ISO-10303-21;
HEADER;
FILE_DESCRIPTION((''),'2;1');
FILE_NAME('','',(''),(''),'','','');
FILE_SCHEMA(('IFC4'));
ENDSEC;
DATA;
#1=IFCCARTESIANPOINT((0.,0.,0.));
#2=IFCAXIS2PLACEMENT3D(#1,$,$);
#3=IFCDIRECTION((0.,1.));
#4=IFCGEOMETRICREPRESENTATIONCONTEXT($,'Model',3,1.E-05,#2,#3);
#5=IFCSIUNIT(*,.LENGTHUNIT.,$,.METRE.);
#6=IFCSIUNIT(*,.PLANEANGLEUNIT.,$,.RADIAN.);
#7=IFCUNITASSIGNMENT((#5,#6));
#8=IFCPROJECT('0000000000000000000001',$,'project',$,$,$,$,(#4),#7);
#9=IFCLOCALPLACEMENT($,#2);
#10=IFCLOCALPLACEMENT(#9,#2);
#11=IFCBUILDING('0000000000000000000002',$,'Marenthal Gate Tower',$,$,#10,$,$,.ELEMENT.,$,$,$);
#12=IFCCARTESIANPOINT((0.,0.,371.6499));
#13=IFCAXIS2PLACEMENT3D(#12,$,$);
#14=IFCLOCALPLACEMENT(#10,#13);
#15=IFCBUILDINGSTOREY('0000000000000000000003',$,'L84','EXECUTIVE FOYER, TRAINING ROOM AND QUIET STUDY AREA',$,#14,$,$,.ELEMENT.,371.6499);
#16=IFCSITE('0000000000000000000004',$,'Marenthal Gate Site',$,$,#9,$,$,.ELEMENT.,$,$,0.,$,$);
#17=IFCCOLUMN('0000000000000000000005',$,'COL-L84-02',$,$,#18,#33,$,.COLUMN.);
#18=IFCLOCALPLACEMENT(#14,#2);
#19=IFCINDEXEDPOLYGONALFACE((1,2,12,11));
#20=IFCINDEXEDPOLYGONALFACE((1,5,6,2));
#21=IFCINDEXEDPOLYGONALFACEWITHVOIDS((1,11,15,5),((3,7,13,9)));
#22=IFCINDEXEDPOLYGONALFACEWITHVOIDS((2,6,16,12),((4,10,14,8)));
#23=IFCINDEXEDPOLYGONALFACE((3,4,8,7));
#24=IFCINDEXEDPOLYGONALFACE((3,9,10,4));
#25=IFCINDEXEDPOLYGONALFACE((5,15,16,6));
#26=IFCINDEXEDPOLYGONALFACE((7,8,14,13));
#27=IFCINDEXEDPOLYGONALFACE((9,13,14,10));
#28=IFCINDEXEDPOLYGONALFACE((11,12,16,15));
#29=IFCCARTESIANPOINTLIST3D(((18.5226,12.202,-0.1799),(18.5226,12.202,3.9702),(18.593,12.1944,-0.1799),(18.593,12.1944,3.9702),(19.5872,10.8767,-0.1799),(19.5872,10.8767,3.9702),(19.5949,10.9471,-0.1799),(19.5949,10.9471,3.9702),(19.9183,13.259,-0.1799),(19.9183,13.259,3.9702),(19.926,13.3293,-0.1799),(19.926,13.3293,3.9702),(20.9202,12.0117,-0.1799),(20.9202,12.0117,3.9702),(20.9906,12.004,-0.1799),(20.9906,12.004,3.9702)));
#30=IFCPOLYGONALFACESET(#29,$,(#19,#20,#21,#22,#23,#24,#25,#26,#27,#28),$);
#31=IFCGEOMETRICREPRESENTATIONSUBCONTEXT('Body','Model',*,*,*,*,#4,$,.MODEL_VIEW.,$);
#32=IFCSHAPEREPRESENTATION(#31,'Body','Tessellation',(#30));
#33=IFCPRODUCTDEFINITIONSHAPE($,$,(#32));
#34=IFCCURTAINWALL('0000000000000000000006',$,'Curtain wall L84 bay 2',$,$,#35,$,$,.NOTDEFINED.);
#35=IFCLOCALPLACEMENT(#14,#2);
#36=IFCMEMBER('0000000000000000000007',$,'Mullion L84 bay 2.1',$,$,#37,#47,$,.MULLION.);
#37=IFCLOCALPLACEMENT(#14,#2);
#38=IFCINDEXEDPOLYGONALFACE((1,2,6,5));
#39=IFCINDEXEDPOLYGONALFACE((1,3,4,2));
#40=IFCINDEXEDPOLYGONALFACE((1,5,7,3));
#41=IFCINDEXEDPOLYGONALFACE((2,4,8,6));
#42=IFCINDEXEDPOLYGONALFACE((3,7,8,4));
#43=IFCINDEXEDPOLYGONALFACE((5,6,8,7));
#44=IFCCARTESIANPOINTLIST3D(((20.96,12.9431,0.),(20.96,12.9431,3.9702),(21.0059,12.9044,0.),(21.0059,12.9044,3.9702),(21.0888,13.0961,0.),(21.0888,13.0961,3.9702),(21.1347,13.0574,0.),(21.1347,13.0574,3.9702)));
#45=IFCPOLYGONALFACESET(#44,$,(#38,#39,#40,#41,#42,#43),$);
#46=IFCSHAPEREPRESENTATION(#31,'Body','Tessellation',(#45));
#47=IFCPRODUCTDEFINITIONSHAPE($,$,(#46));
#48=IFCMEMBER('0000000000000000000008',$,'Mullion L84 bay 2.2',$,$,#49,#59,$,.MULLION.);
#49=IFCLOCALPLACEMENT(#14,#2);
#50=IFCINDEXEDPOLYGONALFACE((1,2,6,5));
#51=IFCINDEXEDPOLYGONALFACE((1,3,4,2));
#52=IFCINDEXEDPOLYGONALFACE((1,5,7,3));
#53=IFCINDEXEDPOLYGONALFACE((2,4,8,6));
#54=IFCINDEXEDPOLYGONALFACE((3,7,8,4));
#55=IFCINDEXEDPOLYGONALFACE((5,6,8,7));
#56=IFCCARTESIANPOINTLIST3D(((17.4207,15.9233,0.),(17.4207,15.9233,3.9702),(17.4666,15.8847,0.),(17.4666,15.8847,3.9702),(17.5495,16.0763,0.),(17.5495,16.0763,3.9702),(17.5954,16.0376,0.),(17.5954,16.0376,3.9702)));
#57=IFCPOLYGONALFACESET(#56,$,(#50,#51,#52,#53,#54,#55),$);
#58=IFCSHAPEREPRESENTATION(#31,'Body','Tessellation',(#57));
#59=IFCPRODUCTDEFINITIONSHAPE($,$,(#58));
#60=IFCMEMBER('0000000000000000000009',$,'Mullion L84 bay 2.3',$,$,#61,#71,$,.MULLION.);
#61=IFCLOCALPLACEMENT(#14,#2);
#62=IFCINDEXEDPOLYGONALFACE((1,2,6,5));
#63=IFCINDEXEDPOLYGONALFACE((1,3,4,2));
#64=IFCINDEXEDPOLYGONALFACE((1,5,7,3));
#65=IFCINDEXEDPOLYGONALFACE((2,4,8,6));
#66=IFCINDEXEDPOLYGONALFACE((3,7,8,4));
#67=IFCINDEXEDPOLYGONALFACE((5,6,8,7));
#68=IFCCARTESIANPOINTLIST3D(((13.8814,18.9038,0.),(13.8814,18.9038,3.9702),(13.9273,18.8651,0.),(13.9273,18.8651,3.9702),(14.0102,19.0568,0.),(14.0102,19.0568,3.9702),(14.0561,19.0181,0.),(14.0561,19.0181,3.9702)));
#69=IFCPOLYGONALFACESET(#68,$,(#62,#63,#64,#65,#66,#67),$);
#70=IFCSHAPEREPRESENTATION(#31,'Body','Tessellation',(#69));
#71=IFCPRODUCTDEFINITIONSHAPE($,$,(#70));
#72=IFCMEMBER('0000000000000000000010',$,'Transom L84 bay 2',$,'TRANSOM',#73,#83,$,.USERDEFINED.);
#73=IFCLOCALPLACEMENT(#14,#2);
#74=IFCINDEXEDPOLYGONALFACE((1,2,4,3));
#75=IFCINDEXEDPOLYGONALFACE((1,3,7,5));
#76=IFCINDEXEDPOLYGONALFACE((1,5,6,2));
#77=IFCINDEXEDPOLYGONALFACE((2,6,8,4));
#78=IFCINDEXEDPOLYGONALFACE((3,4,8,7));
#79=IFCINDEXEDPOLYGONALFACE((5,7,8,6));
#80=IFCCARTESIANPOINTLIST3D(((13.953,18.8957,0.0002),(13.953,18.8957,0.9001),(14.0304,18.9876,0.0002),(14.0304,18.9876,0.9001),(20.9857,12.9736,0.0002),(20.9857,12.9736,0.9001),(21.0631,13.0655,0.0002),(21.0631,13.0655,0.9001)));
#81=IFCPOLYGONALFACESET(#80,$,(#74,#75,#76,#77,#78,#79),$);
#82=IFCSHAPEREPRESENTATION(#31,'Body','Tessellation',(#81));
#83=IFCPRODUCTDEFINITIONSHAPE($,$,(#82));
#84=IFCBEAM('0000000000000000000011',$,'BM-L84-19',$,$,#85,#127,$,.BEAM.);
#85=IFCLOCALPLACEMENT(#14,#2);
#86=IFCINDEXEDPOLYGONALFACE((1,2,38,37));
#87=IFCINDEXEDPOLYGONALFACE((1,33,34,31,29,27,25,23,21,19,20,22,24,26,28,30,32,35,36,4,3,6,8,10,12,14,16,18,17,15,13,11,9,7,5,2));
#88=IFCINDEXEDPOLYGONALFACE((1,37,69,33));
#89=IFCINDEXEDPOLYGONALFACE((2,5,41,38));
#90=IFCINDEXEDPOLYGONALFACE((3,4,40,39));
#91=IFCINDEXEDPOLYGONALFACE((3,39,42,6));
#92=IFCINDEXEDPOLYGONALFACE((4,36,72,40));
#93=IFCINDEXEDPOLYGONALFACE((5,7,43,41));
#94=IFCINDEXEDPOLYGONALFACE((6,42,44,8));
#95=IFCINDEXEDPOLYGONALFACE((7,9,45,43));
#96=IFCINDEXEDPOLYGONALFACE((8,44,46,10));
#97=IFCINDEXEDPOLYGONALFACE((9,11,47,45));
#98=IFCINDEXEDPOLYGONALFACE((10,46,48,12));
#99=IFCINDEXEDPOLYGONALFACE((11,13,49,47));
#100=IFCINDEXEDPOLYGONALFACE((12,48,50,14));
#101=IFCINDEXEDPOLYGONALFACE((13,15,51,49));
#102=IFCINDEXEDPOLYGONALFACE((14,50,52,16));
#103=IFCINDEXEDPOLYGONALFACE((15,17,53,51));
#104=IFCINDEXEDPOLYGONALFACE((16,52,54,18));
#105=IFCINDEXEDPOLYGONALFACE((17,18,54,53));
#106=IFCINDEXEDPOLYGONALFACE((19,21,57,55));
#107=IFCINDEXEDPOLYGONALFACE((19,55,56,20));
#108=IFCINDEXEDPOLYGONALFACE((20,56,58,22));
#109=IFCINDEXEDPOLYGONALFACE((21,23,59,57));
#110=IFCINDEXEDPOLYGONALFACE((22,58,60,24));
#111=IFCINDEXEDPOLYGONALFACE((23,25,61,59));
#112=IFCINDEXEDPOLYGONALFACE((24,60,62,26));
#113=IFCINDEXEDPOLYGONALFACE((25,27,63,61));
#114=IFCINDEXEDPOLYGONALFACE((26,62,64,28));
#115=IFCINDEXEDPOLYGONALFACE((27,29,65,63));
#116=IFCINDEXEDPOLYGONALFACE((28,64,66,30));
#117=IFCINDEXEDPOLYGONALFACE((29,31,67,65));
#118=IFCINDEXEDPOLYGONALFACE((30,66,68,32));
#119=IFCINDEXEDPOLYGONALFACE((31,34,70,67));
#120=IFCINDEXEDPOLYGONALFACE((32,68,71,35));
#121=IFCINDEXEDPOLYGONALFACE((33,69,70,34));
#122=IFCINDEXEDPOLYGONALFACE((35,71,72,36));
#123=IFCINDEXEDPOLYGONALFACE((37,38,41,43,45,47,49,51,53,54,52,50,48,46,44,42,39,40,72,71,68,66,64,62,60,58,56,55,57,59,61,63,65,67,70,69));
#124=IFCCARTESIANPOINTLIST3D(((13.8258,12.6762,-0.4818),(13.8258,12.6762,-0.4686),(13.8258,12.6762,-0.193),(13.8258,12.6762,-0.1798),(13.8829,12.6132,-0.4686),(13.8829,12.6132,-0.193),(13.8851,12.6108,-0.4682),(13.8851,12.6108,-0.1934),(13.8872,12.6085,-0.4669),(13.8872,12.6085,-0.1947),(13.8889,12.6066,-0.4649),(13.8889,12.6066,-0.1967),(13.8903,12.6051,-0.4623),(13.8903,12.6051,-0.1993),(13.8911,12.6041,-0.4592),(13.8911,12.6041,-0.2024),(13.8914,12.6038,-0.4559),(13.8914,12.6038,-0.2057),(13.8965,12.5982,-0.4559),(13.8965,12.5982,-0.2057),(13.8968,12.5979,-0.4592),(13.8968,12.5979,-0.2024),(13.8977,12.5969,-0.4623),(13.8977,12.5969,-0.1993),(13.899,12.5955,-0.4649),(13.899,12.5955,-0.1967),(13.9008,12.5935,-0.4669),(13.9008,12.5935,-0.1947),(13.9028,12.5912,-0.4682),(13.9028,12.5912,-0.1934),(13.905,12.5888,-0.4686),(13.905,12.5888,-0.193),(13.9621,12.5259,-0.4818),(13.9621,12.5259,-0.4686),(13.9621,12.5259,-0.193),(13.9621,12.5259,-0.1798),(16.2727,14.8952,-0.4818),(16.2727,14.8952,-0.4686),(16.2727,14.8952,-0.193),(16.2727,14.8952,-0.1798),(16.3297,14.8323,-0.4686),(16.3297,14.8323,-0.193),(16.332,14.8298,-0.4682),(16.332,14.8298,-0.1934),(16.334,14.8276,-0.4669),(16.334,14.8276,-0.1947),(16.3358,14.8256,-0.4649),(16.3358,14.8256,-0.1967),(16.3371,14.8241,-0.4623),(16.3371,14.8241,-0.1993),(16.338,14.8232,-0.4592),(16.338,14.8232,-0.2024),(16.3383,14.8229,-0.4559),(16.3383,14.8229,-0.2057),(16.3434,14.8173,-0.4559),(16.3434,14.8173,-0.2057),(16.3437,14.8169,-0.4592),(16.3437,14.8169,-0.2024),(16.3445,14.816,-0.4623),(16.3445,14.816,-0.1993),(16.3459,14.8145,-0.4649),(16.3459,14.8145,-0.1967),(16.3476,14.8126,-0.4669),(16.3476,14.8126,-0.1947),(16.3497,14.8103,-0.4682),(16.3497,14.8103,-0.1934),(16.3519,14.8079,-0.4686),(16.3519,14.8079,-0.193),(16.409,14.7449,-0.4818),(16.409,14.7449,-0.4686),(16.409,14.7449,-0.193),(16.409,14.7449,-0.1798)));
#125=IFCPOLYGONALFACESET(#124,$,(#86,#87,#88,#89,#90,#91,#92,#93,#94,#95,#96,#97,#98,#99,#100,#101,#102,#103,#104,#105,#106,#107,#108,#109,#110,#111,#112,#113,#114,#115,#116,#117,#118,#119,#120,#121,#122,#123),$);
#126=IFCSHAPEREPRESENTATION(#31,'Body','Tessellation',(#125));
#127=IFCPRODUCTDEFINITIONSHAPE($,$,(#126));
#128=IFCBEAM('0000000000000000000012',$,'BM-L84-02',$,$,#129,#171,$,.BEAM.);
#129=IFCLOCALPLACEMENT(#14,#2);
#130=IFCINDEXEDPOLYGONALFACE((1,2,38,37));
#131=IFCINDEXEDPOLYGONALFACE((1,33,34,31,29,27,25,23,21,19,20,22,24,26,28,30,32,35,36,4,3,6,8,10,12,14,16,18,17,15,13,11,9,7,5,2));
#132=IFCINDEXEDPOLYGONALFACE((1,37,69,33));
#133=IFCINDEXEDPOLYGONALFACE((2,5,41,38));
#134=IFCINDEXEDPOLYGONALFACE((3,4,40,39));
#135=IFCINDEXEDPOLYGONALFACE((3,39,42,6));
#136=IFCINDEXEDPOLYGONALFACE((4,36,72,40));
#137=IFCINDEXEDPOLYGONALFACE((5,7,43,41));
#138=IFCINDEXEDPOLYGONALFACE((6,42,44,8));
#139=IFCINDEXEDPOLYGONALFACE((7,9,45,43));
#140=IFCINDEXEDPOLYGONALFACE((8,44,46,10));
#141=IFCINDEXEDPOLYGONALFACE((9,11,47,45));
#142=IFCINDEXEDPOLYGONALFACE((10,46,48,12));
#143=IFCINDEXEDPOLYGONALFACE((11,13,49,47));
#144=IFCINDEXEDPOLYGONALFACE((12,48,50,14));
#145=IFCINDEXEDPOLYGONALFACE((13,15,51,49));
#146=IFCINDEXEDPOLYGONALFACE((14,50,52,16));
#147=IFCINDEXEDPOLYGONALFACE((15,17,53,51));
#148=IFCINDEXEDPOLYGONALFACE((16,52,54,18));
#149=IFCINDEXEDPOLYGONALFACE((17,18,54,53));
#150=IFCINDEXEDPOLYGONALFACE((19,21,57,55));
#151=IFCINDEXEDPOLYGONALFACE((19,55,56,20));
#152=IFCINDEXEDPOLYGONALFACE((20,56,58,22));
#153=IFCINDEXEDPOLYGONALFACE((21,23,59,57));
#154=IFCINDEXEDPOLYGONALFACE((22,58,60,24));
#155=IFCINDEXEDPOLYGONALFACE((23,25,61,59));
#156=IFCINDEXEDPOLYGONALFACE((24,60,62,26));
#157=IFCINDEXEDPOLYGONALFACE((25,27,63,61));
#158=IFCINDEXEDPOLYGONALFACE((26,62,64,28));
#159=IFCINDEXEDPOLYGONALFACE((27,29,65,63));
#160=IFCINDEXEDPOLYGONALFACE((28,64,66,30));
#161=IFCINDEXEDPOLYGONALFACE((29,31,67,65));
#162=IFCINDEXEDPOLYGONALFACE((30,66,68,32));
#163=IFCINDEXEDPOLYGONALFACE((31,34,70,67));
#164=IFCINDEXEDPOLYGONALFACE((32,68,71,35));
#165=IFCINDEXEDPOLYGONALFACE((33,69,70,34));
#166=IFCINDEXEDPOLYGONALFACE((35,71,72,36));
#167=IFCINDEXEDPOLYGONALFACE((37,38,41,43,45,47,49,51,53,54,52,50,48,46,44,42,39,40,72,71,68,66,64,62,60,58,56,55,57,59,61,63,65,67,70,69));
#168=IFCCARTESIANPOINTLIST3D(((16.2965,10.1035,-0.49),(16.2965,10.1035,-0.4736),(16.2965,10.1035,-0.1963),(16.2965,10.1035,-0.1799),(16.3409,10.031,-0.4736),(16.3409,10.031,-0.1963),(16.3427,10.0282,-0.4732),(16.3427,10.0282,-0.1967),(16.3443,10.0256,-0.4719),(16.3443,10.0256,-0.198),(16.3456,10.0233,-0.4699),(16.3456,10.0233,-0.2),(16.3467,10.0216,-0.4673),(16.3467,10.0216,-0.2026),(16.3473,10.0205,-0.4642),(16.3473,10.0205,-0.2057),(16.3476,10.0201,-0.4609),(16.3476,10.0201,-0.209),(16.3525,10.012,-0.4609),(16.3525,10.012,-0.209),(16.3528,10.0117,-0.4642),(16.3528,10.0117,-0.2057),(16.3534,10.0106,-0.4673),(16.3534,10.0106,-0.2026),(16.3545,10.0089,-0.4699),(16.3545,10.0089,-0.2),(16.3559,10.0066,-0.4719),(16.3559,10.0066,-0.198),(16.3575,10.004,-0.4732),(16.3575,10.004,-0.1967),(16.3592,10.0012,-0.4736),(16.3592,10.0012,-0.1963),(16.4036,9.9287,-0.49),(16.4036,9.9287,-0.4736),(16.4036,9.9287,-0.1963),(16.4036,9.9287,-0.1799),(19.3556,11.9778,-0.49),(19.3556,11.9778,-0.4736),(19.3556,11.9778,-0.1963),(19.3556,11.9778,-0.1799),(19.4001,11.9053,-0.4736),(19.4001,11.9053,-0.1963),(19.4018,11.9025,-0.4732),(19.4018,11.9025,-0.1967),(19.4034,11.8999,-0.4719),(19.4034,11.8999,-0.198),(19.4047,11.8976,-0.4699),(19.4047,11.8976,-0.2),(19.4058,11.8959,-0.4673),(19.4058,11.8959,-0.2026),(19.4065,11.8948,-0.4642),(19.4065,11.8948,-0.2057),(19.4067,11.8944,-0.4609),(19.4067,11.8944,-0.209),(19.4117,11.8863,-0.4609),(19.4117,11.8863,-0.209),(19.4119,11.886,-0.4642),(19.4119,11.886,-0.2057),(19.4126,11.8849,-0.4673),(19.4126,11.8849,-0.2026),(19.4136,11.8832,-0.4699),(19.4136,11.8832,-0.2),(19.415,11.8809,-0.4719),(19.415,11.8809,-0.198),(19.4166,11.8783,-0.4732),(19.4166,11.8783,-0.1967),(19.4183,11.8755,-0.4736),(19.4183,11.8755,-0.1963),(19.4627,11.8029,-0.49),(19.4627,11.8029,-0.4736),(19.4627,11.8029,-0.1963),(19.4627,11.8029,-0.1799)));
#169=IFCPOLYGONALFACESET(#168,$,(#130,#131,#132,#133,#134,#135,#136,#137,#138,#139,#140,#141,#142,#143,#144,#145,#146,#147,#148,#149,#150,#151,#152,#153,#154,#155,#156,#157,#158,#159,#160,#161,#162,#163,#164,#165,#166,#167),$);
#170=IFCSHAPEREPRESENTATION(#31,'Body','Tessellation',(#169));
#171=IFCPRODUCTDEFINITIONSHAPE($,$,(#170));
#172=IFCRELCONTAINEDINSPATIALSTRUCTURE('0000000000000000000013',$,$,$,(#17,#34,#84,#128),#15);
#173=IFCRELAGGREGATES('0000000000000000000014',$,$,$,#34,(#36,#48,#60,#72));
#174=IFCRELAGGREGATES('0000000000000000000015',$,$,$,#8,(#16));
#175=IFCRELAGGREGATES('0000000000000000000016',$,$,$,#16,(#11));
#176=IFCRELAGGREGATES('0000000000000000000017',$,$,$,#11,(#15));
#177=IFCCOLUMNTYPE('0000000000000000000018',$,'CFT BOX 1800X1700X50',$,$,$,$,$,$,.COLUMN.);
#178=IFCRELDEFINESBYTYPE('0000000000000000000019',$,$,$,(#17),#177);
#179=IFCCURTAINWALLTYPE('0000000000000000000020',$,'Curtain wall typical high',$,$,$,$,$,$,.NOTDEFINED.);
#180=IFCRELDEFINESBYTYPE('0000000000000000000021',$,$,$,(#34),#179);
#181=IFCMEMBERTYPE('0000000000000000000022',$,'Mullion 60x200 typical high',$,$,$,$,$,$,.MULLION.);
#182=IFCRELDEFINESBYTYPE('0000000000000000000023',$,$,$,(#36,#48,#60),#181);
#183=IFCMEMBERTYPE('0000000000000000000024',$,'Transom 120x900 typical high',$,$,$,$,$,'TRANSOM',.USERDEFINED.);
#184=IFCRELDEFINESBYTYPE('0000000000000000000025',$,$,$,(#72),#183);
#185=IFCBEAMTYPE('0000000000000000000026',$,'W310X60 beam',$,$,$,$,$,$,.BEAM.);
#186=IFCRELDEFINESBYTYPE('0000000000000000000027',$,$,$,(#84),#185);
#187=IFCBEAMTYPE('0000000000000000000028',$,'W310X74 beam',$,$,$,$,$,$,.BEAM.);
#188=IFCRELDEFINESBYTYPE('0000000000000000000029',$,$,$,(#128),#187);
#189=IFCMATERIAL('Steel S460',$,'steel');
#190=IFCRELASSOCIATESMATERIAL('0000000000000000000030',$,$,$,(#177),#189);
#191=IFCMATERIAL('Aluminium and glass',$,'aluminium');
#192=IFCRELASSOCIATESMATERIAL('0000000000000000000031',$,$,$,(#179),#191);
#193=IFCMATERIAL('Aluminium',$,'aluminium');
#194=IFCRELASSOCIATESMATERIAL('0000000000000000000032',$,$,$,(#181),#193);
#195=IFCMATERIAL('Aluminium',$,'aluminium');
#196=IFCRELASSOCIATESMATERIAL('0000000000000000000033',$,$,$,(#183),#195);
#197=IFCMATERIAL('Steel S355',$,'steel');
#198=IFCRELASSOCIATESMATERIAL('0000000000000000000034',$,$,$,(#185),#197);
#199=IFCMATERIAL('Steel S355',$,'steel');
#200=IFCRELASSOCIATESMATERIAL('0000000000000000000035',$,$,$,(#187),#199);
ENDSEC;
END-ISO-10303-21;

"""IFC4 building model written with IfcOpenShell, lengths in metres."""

from ifc_helpers import new_model, si_unit, direction, frame, origin, origin_2d, place, context, subcontext, project, spatial, rectangle, hollow_rectangle, i_section, extrude, material, material_profile, profile_set, type_object, element, aggregate, save


model = new_model("IFC4")

# Units and contexts
model_context = context("Model", 3, precision=1e-05, world=origin(), true_north=direction((0.0, 1.0)))
body_context = subcontext(model_context, "Body", "Model", "MODEL_VIEW")
ifc_project = project(units=[si_unit("LENGTHUNIT", "METRE"), si_unit("PLANEANGLEUNIT", "RADIAN")], contexts=[model_context])

# Site, building, storey
site_placement = place(None, origin())
site = spatial("IfcSite", under=ifc_project, at=site_placement, Name="Marenthal Gate Site", CompositionType="ELEMENT", RefElevation=0.0)
building_placement = place(site_placement, origin())
building = spatial("IfcBuilding", under=site, at=building_placement, Name="Marenthal Gate Tower", CompositionType="ELEMENT")
storey_placement = place(building_placement, frame((0.0, 0.0, 371.6499)))
storey = spatial("IfcBuildingStorey", under=building, at=storey_placement, Name="L84", Description="EXECUTIVE FOYER, TRAINING ROOM AND QUIET STUDY AREA", CompositionType="ELEMENT", Elevation=371.6499)

# Column
ifc_material_1 = material(Name="Steel S460", Category="steel")
ifc_material_profile_1 = material_profile(ifc_material_1, hollow_rectangle(XDim=1.7, YDim=1.8, WallThickness=0.05, at=origin_2d()), Name="CFT BOX 1800X1700X50")
ifc_material_2 = material(Name="Concrete 70 MPa", Category="concrete")
ifc_material_profile_2 = material_profile(ifc_material_2, rectangle(XDim=1.6001, YDim=1.7, at=origin_2d()), Name="CFT BOX 1800X1700X50 INFILL")
ifc_profile_set_1 = profile_set([ifc_material_profile_1, ifc_material_profile_2], Name="Steel S460 shell, Concrete 70 MPa infill")
column_type = type_object("IfcColumnType", Name="CFT BOX 1800X1700X50", PredefinedType="COLUMN", material=ifc_profile_set_1)
column_placement = place(storey_placement, frame((19.7566, 12.103, -0.1799), z_axis=(0.0, 0.0, 1.0), x_axis=(0.626249, -0.779623, 0.0)))
element("IfcColumn", 1, at=column_placement, inside=storey, type_object=column_type, Name="COL-L84-02", PredefinedType="COLUMN", context=body_context, shape_type="SweptSolid", body=[
    extrude(hollow_rectangle(XDim=1.7, YDim=1.8, WallThickness=0.05, at=origin_2d()), origin(), (0.0, 0.0, 1.0), 4.1501),
])

# Curtain wall, members
ifc_material_3 = material(Name="Aluminium and glass", Category="aluminium")
curtain_wall_type = type_object("IfcCurtainWallType", Name="Curtain wall typical high", PredefinedType="NOTDEFINED", material=ifc_material_3)
curtain_wall_placement = place(storey_placement, origin())
curtain_wall = element("IfcCurtainWall", 2, at=curtain_wall_placement, inside=storey, type_object=curtain_wall_type, Name="Curtain wall L84 bay 2", PredefinedType="NOTDEFINED")
ifc_material_4 = material(Name="Aluminium", Category="aluminium")
ifc_material_profile_3 = material_profile(ifc_material_4, rectangle(XDim=0.2, YDim=0.0601, at=origin_2d()), Name="60x200 aluminium mullion")
ifc_profile_set_2 = profile_set([ifc_material_profile_3], Name="Aluminium")
member_type_1 = type_object("IfcMemberType", Name="Mullion 60x200 typical high", PredefinedType="MULLION", material=ifc_profile_set_2)
member_1_placement = place(storey_placement, frame((21.0474, 13.0002, 0.0), z_axis=(0.0, 0.0, 1.0), x_axis=(-0.644135, -0.764912, 0.0)))
member_1 = element("IfcMember", 3, at=member_1_placement, type_object=member_type_1, Name="Mullion L84 bay 2.1", PredefinedType="MULLION", context=body_context, shape_type="SweptSolid", body=[
    extrude(rectangle(XDim=0.2, YDim=0.0601, at=origin_2d()), origin(), (0.0, 0.0, 1.0), 3.9702),
])
member_2_placement = place(storey_placement, frame((17.5081, 15.9805, 0.0), z_axis=(0.0, 0.0, 1.0), x_axis=(-0.644135, -0.764912, 0.0)))
member_2 = element("IfcMember", 4, at=member_2_placement, type_object=member_type_1, Name="Mullion L84 bay 2.2", PredefinedType="MULLION", context=body_context, shape_type="SweptSolid", body=[
    extrude(rectangle(XDim=0.2, YDim=0.0601, at=origin_2d()), origin(), (0.0, 0.0, 1.0), 3.9702),
])
member_3_placement = place(storey_placement, frame((13.9688, 18.9609, 0.0), z_axis=(0.0, 0.0, 1.0), x_axis=(-0.644135, -0.764912, 0.0)))
member_3 = element("IfcMember", 5, at=member_3_placement, type_object=member_type_1, Name="Mullion L84 bay 2.3", PredefinedType="MULLION", context=body_context, shape_type="SweptSolid", body=[
    extrude(rectangle(XDim=0.2, YDim=0.0601, at=origin_2d()), origin(), (0.0, 0.0, 1.0), 3.9702),
])
ifc_material_5 = material(Name="Aluminium", Category="aluminium")
ifc_material_profile_4 = material_profile(ifc_material_5, rectangle(XDim=0.1201, YDim=0.8999, at=origin_2d()), Name="120x900 aluminium transom")
ifc_profile_set_3 = profile_set([ifc_material_profile_4], Name="Aluminium")
member_type_2 = type_object("IfcMemberType", Name="Transom 120x900 typical high", ElementType="TRANSOM", PredefinedType="USERDEFINED", material=ifc_profile_set_3)
member_4_placement = place(storey_placement, frame((21.0244, 13.0195, 0.4502), z_axis=(-0.76492, 0.644125, 0.0), x_axis=(-0.644125, -0.76492, 0.0)))
member_4 = element("IfcMember", 6, at=member_4_placement, type_object=member_type_2, Name="Transom L84 bay 2", ObjectType="TRANSOM", PredefinedType="USERDEFINED", context=body_context, shape_type="SweptSolid", body=[
    extrude(rectangle(XDim=0.1201, YDim=0.8999, at=origin_2d()), origin(), (0.0, 0.0, 1.0), 9.1941),
])

# Beams
ifc_material_6 = material(Name="Steel S355", Category="steel")
ifc_material_profile_5 = material_profile(ifc_material_6, i_section(OverallWidth=0.2029, OverallDepth=0.302, WebThickness=0.0076, FlangeThickness=0.0132, FilletRadius=0.0127, at=origin_2d()), Name="W310X60")
ifc_profile_set_4 = profile_set([ifc_material_profile_5], Name="Steel S355")
beam_type_1 = type_object("IfcBeamType", Name="W310X60 beam", PredefinedType="BEAM", material=ifc_profile_set_4)
beam_1_placement = place(storey_placement, frame((16.3408, 14.8201, -0.3308), z_axis=(-0.740746, -0.671786, 0.0), x_axis=(0.671786, -0.740746, 0.0)))
element("IfcBeam", 7, at=beam_1_placement, inside=storey, type_object=beam_type_1, Name="BM-L84-19", PredefinedType="BEAM", context=body_context, shape_type="SweptSolid", body=[
    extrude(i_section(OverallWidth=0.2029, OverallDepth=0.302, WebThickness=0.0076, FlangeThickness=0.0132, FilletRadius=0.0127, at=origin_2d()), origin(), (0.0, 0.0, 1.0), 3.3032),
])
ifc_material_7 = material(Name="Steel S355", Category="steel")
ifc_material_profile_6 = material_profile(ifc_material_7, i_section(OverallWidth=0.2051, OverallDepth=0.3101, WebThickness=0.0095, FlangeThickness=0.0164, FilletRadius=0.0127, at=origin_2d()), Name="W310X74")
ifc_profile_set_5 = profile_set([ifc_material_profile_6], Name="Steel S355")
beam_type_2 = type_object("IfcBeamType", Name="W310X74 beam", PredefinedType="BEAM", material=ifc_profile_set_5)
beam_2_placement = place(storey_placement, frame((19.4092, 11.8904, -0.335), z_axis=(-0.852682, -0.52243, 0.0), x_axis=(0.52243, -0.852682, 0.0)))
element("IfcBeam", 8, at=beam_2_placement, inside=storey, type_object=beam_type_2, Name="BM-L84-02", PredefinedType="BEAM", context=body_context, shape_type="SweptSolid", body=[
    extrude(i_section(OverallWidth=0.2051, OverallDepth=0.3101, WebThickness=0.0095, FlangeThickness=0.0164, FilletRadius=0.0127, at=origin_2d()), origin(), (0.0, 0.0, 1.0), 3.5876),
])

aggregate(curtain_wall, [member_1, member_2, member_3, member_4])

save(model, "model.ifc")
